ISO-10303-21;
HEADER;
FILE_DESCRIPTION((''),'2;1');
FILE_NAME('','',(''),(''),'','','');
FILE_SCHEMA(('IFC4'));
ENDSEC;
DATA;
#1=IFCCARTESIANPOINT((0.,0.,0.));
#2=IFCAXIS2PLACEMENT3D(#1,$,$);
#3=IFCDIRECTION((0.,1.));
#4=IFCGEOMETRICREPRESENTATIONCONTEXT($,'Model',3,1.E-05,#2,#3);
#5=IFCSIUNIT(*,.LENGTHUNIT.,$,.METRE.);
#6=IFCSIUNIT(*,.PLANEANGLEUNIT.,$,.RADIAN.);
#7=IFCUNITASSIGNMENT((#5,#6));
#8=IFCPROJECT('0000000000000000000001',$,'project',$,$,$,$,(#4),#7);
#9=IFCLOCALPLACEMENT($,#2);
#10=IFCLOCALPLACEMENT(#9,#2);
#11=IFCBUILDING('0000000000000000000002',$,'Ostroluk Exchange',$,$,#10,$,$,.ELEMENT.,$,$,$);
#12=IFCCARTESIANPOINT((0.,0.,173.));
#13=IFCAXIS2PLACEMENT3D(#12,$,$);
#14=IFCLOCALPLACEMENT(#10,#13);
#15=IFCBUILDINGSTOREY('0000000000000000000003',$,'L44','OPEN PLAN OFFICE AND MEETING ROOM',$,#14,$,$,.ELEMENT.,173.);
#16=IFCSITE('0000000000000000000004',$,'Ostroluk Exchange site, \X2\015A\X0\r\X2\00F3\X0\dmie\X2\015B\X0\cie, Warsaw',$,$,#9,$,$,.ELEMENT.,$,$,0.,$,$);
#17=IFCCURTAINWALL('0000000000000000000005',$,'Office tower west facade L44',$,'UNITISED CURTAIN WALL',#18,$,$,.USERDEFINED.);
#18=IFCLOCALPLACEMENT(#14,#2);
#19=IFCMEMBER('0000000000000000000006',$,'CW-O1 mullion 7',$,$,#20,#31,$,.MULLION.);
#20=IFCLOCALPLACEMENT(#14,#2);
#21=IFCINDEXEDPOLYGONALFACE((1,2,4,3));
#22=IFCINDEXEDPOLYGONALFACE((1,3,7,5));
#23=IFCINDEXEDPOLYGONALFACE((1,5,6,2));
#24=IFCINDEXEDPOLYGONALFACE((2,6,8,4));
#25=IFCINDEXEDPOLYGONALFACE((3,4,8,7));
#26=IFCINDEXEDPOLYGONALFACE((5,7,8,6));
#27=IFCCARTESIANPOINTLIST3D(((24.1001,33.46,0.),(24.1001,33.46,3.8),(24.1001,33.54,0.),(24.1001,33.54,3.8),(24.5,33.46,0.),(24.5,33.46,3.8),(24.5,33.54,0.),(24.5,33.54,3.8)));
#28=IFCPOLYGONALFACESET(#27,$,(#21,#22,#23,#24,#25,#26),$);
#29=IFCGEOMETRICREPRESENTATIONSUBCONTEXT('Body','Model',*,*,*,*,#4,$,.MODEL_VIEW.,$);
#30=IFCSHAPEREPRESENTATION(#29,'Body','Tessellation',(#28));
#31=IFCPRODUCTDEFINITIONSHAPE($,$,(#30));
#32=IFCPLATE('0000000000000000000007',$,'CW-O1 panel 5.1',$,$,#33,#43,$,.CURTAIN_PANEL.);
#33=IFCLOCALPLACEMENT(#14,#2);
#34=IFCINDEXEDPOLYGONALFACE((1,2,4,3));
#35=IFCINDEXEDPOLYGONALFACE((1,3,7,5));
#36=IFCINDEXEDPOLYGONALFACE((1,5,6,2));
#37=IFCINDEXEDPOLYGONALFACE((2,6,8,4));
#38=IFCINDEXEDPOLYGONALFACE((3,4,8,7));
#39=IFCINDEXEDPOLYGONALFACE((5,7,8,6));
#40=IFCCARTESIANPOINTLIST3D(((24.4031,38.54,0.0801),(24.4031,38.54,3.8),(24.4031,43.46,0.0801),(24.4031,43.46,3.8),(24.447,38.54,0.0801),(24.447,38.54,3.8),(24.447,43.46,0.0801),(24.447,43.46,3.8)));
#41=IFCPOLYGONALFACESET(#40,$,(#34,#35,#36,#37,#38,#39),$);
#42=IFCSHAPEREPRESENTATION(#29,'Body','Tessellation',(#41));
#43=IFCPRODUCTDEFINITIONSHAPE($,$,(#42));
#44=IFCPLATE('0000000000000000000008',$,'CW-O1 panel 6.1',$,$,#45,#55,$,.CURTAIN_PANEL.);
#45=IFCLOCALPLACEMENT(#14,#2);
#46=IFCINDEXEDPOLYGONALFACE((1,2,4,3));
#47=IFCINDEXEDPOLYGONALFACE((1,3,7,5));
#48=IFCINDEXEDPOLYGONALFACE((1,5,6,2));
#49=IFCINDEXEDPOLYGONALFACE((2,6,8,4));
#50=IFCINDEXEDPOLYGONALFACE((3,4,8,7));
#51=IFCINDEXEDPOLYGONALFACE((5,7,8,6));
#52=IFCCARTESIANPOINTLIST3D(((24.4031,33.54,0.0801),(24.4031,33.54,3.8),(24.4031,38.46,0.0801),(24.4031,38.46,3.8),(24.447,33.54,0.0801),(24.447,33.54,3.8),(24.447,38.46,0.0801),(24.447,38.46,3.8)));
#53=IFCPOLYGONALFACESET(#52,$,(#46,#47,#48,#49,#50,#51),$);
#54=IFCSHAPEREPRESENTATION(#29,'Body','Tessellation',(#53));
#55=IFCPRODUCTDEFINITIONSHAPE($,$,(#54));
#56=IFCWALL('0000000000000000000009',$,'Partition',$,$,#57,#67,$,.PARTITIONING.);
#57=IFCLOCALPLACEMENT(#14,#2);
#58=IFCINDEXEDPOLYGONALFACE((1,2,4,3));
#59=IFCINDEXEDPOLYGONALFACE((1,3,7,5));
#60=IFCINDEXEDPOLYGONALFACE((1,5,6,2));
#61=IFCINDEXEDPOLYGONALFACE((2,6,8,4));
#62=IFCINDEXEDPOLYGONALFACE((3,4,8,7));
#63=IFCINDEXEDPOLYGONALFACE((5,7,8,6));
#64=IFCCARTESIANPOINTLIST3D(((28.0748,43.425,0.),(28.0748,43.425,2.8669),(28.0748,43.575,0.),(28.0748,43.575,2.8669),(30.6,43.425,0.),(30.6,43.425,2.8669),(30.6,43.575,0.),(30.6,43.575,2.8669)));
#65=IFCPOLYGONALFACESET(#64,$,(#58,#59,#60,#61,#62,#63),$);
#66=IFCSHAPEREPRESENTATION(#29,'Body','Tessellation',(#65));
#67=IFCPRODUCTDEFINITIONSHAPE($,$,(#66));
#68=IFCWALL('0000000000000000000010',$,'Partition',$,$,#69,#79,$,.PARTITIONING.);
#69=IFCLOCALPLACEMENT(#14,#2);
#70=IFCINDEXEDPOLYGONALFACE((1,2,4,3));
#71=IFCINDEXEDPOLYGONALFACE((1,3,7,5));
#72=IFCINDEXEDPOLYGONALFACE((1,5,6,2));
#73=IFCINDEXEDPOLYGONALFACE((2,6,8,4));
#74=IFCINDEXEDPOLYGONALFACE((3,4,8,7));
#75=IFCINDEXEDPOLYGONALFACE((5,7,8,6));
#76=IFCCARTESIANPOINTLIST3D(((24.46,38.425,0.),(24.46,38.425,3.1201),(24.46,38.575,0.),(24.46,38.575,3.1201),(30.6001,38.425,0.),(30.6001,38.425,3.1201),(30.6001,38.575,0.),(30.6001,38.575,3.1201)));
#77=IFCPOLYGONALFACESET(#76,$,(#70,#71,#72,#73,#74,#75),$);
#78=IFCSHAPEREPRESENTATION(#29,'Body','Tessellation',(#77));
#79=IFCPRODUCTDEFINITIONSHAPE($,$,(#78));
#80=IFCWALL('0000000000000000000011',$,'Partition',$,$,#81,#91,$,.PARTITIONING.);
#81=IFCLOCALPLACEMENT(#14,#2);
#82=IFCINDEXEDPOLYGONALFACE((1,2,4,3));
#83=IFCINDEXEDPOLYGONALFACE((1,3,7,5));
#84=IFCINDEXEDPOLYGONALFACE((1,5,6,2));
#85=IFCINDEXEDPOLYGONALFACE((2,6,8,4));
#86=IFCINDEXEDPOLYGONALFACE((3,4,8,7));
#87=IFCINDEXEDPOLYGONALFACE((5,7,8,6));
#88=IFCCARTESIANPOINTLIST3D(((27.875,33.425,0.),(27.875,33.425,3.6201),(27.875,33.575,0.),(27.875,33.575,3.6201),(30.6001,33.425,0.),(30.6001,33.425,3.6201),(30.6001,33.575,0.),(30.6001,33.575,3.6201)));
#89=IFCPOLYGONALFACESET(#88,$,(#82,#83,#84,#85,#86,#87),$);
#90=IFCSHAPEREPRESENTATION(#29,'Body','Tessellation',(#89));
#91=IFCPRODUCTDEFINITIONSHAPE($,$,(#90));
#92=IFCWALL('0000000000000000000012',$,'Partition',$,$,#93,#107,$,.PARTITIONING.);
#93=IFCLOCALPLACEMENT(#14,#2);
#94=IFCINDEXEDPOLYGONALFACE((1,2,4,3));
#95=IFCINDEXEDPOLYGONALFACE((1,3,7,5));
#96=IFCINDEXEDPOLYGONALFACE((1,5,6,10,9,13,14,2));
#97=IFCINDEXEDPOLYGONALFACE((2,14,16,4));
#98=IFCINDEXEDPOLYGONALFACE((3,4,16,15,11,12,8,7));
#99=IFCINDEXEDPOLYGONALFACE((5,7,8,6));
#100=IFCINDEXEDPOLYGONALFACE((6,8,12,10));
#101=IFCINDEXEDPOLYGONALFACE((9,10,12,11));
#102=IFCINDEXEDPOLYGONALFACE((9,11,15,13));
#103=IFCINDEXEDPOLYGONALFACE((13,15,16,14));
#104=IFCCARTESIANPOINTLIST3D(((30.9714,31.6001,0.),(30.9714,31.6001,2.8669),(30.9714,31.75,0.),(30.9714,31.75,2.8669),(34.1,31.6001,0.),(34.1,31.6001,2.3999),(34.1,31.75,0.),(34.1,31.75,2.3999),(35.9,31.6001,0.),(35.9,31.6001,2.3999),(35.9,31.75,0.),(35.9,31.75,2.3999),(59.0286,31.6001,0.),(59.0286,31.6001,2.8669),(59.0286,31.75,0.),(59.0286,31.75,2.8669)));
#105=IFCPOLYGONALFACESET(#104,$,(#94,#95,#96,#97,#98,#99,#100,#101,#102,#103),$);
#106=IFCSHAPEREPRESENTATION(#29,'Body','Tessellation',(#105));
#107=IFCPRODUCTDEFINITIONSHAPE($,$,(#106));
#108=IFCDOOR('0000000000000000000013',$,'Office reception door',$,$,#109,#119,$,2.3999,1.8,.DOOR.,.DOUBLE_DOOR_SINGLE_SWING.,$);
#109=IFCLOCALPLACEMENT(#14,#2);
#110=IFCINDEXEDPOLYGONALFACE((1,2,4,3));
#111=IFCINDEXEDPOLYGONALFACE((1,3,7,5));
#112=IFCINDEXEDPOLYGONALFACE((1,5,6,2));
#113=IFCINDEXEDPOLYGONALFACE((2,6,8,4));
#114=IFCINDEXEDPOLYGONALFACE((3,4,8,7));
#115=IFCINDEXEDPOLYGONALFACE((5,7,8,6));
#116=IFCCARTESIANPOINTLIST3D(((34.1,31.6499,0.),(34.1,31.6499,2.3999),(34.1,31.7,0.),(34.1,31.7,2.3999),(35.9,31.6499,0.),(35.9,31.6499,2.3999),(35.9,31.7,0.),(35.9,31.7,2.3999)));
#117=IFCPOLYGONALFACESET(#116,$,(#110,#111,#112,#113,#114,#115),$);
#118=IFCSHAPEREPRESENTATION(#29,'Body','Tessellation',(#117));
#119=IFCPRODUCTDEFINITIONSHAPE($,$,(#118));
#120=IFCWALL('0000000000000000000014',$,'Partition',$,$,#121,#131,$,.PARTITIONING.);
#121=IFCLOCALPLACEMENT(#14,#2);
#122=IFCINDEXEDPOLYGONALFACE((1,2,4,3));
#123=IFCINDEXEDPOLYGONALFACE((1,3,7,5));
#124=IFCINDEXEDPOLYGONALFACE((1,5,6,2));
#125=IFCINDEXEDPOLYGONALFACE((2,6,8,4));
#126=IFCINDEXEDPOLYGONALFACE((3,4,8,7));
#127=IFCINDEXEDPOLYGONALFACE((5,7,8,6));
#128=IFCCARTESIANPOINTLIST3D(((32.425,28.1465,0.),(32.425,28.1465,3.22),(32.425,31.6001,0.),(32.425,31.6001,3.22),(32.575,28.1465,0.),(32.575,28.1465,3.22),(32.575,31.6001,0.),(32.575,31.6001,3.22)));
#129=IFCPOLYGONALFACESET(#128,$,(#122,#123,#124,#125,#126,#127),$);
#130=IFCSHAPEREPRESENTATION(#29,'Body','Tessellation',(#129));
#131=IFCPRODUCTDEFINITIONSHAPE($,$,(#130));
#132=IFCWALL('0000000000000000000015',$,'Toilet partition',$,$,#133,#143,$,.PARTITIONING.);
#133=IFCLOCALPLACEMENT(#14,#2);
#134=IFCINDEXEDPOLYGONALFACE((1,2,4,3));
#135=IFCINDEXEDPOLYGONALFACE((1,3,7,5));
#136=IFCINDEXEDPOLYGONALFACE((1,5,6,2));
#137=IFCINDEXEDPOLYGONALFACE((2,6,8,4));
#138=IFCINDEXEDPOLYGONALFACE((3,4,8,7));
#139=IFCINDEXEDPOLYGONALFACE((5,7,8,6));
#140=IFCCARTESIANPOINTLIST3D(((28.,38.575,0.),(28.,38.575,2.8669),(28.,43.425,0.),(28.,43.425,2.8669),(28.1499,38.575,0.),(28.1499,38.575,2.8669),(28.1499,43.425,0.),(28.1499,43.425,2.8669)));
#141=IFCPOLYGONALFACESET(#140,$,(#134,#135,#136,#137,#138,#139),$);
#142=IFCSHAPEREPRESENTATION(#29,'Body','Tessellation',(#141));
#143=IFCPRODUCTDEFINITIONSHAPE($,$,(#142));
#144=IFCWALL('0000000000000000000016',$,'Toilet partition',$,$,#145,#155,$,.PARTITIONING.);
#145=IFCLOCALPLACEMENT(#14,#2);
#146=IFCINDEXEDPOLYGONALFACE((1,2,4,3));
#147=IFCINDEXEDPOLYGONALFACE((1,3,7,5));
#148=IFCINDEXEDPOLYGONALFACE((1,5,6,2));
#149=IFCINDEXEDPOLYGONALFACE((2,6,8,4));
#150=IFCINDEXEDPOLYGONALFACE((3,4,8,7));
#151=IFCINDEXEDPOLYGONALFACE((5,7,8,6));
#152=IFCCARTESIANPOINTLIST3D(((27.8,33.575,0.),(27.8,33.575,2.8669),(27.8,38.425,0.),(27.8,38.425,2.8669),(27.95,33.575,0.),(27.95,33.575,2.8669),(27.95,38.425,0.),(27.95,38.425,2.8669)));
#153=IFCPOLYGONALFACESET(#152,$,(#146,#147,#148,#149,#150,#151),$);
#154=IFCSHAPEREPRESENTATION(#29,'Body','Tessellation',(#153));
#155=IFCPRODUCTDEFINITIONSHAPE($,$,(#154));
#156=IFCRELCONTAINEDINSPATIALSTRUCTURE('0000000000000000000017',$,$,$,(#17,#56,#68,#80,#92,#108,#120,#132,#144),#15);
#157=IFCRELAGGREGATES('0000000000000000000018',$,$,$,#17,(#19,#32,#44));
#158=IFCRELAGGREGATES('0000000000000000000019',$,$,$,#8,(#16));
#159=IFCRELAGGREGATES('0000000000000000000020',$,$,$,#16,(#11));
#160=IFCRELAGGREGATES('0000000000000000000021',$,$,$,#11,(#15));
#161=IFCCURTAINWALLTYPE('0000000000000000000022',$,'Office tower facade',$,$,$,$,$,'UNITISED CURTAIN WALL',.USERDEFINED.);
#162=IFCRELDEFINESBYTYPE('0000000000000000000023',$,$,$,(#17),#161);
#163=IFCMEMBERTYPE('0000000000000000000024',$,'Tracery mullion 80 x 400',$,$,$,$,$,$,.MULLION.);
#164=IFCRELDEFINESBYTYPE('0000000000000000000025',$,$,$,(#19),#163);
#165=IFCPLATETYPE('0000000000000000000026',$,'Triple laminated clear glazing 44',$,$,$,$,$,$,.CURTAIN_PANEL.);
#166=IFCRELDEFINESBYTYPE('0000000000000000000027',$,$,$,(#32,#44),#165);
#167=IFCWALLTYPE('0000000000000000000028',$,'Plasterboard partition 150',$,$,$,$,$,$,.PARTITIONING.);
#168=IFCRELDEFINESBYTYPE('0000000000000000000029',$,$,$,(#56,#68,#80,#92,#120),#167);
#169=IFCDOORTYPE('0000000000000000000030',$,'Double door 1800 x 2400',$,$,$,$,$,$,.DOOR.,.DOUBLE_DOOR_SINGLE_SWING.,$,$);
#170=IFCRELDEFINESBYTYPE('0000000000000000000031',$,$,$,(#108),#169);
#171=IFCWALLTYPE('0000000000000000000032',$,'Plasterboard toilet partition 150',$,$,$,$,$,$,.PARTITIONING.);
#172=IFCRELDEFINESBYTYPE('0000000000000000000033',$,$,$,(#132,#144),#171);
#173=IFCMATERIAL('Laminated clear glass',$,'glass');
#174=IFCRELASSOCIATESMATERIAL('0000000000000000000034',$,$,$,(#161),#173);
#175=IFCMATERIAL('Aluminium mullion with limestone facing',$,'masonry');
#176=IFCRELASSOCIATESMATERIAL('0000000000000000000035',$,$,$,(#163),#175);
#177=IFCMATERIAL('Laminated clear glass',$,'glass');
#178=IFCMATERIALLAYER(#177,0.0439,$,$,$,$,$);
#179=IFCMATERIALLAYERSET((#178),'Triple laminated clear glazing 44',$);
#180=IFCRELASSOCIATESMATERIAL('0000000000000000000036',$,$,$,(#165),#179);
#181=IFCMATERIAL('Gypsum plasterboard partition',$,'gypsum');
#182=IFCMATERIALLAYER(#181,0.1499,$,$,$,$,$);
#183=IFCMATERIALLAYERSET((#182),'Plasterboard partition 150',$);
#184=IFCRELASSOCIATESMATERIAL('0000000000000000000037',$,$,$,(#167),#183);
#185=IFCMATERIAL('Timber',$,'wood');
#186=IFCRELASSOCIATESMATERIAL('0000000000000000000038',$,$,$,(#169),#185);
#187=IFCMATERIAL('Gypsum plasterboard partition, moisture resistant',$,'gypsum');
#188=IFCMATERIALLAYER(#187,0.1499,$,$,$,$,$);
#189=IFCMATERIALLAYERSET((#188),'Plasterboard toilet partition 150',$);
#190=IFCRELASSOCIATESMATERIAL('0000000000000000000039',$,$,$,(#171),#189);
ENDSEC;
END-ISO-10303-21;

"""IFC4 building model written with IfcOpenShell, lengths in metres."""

from ifc_helpers import new_model, si_unit, direction, frame, frame_2d, origin, origin_2d, place, context, subcontext, project, spatial, rectangle, extrude, material, layer, layer_set, material_profile, profile_set, type_object, element, fill, aggregate, save


model = new_model("IFC4")

# Units and contexts
model_context = context("Model", 3, precision=1e-05, world=origin(), true_north=direction((0.0, 1.0)))
body_context = subcontext(model_context, "Body", "Model", "MODEL_VIEW")
ifc_project = project(units=[si_unit("LENGTHUNIT", "METRE"), si_unit("PLANEANGLEUNIT", "RADIAN")], contexts=[model_context])

# Site, building, storey
site_placement = place(None, origin())
site = spatial("IfcSite", under=ifc_project, at=site_placement, Name="Ostroluk Exchange site, Śródmieście, Warsaw", CompositionType="ELEMENT", RefElevation=0.0)
building_placement = place(site_placement, origin())
building = spatial("IfcBuilding", under=site, at=building_placement, Name="Ostroluk Exchange", CompositionType="ELEMENT")
storey_placement = place(building_placement, frame((0.0, 0.0, 173.0)))
storey = spatial("IfcBuildingStorey", under=building, at=storey_placement, Name="L44", Description="OPEN PLAN OFFICE AND MEETING ROOM", CompositionType="ELEMENT", Elevation=173.0)

# Curtain wall, member, plates
ifc_material_1 = material(Name="Laminated clear glass", Category="glass")
curtain_wall_type = type_object("IfcCurtainWallType", Name="Office tower facade", ElementType="UNITISED CURTAIN WALL", PredefinedType="USERDEFINED", material=ifc_material_1)
curtain_wall_placement = place(storey_placement, origin())
curtain_wall = element("IfcCurtainWall", 1, at=curtain_wall_placement, inside=storey, type_object=curtain_wall_type, Name="Office tower west facade L44", ObjectType="UNITISED CURTAIN WALL", PredefinedType="USERDEFINED")
ifc_material_2 = material(Name="Aluminium mullion with limestone facing", Category="masonry")
ifc_material_profile_1 = material_profile(ifc_material_2, rectangle(XDim=0.3999, YDim=0.0801, at=origin_2d()), Name="Tracery mullion 80 x 400")
ifc_profile_set_1 = profile_set([ifc_material_profile_1], Name="Aluminium mullion with limestone facing")
member_type_1 = type_object("IfcMemberType", Name="Tracery mullion 80 x 400", PredefinedType="MULLION", material=ifc_profile_set_1)
member_1_placement = place(storey_placement, frame((24.3, 33.5, 0.0), z_axis=(0.0, 0.0, 1.0), x_axis=(1.0, 0.0, 0.0)))
member_1 = element("IfcMember", 2, at=member_1_placement, type_object=member_type_1, Name="CW-O1 mullion 7", PredefinedType="MULLION", context=body_context, shape_type="SweptSolid", body=[
    extrude(rectangle(XDim=0.3999, YDim=0.0801, at=origin_2d()), origin(), (0.0, 0.0, 1.0), 3.8),
])
ifc_material_3 = material(Name="Laminated clear glass", Category="glass")
ifc_layer_1 = layer(ifc_material_3, 0.0439)
ifc_layer_set_1 = layer_set([ifc_layer_1], Name="Triple laminated clear glazing 44")
plate_type = type_object("IfcPlateType", Name="Triple laminated clear glazing 44", PredefinedType="CURTAIN_PANEL", material=ifc_layer_set_1)
plate_1_placement = place(storey_placement, frame((24.425, 41.0, 0.0801), z_axis=(0.0, 0.0, 1.0), x_axis=(0.0, -1.0, 0.0)))
plate_1 = element("IfcPlate", 3, at=plate_1_placement, type_object=plate_type, Name="CW-O1 panel 5.1", PredefinedType="CURTAIN_PANEL", context=body_context, shape_type="SweptSolid", body=[
    extrude(rectangle(XDim=4.9199, YDim=0.0439, at=origin_2d()), origin(), (0.0, 0.0, 1.0), 3.72),
])
plate_2_placement = place(storey_placement, frame((24.425, 36.0, 0.0801), z_axis=(0.0, 0.0, 1.0), x_axis=(0.0, -1.0, 0.0)))
plate_2 = element("IfcPlate", 4, at=plate_2_placement, type_object=plate_type, Name="CW-O1 panel 6.1", PredefinedType="CURTAIN_PANEL", context=body_context, shape_type="SweptSolid", body=[
    extrude(rectangle(XDim=4.9199, YDim=0.0439, at=origin_2d()), origin(), (0.0, 0.0, 1.0), 3.72),
])
aggregate(curtain_wall, [member_1, plate_1, plate_2])

# Walls
ifc_material_4 = material(Name="Gypsum plasterboard partition", Category="gypsum")
ifc_layer_2 = layer(ifc_material_4, 0.1499)
ifc_layer_set_2 = layer_set([ifc_layer_2], Name="Plasterboard partition 150")
wall_type_1 = type_object("IfcWallType", Name="Plasterboard partition 150", PredefinedType="PARTITIONING", material=ifc_layer_set_2)
wall_1_placement = place(storey_placement, frame((30.6001, 43.5, 0.0), z_axis=(0.0, 0.0, 1.0), x_axis=(-1.0, 0.0, 0.0)))
element("IfcWall", 5, at=wall_1_placement, inside=storey, type_object=wall_type_1, Name="Partition", PredefinedType="PARTITIONING", context=body_context, shape_type="SweptSolid", body=[
    extrude(rectangle(XDim=2.5251, YDim=0.1499, at=frame_2d((1.2627, 0.0))), origin(), (0.0, 0.0, 1.0), 2.8669),
])
wall_2_placement = place(storey_placement, frame((30.6001, 38.5, 0.0), z_axis=(0.0, 0.0, 1.0), x_axis=(-1.0, 0.0, 0.0)))
element("IfcWall", 6, at=wall_2_placement, inside=storey, type_object=wall_type_1, Name="Partition", PredefinedType="PARTITIONING", context=body_context, shape_type="SweptSolid", body=[
    extrude(rectangle(XDim=6.1401, YDim=0.1499, at=frame_2d((3.0701, 0.0))), origin(), (0.0, 0.0, 1.0), 3.1201),
])
wall_3_placement = place(storey_placement, frame((30.6001, 33.5, 0.0), z_axis=(0.0, 0.0, 1.0), x_axis=(-1.0, 0.0, 0.0)))
element("IfcWall", 7, at=wall_3_placement, inside=storey, type_object=wall_type_1, Name="Partition", PredefinedType="PARTITIONING", context=body_context, shape_type="SweptSolid", body=[
    extrude(rectangle(XDim=2.7251, YDim=0.1499, at=frame_2d((1.3625, 0.0))), origin(), (0.0, 0.0, 1.0), 3.6201),
])

# Wall, opening, door
wall_4_placement = place(storey_placement, frame((30.9714, 31.675, 0.0), z_axis=(0.0, 0.0, 1.0), x_axis=(1.0, 0.0, 0.0)))
wall_4 = element("IfcWall", 8, at=wall_4_placement, inside=storey, type_object=wall_type_1, Name="Partition", PredefinedType="PARTITIONING", context=body_context, shape_type="SweptSolid", body=[
    extrude(rectangle(XDim=28.0571, YDim=0.1499, at=frame_2d((14.0286, 0.0))), origin(), (0.0, 0.0, 1.0), 2.8669),
])
opening_placement = place(wall_4_placement, frame((3.1287, 0.0, 0.0)))
opening = element("IfcOpeningElement", 9, at=opening_placement, cuts=wall_4, PredefinedType="OPENING", context=body_context, shape_type="SweptSolid", body=[
    extrude(rectangle(XDim=1.8, YDim=2.3999, at=frame_2d((0.8999, 1.2))), frame((0.0, 0.085, 0.0), z_axis=(0.0, -1.0, 0.0), x_axis=(1.0, 0.0, 0.0)), (0.0, 0.0, 1.0), 0.1699),
])
ifc_material_5 = material(Name="Timber", Category="wood")
door_type = type_object("IfcDoorType", Name="Double door 1800 x 2400", OperationType="DOUBLE_DOOR_SINGLE_SWING", PredefinedType="DOOR", material=ifc_material_5)
door_placement = place(opening_placement, origin())
door = element("IfcDoor", 10, at=door_placement, inside=storey, type_object=door_type, Name="Office reception door", OperationType="DOUBLE_DOOR_SINGLE_SWING", OverallHeight=2.3999, OverallWidth=1.8, PredefinedType="DOOR", context=body_context, shape_type="SweptSolid", body=[
    extrude(rectangle(XDim=1.8, YDim=2.3999, at=frame_2d((0.8999, 1.2))), frame((0.0, 0.0249, 0.0), z_axis=(0.0, -1.0, 0.0), x_axis=(1.0, 0.0, 0.0)), (0.0, 0.0, 1.0), 0.05),
])
fill(opening, door)

# Walls
wall_5_placement = place(storey_placement, frame((32.5, 31.6001, 0.0), z_axis=(0.0, 0.0, 1.0), x_axis=(0.0, -1.0, 0.0)))
element("IfcWall", 11, at=wall_5_placement, inside=storey, type_object=wall_type_1, Name="Partition", PredefinedType="PARTITIONING", context=body_context, shape_type="SweptSolid", body=[
    extrude(rectangle(XDim=3.4536, YDim=0.1499, at=frame_2d((1.7268, 0.0))), origin(), (0.0, 0.0, 1.0), 3.22),
])
ifc_material_6 = material(Name="Gypsum plasterboard partition, moisture resistant", Category="gypsum")
ifc_layer_3 = layer(ifc_material_6, 0.1499)
ifc_layer_set_3 = layer_set([ifc_layer_3], Name="Plasterboard toilet partition 150")
wall_type_2 = type_object("IfcWallType", Name="Plasterboard toilet partition 150", PredefinedType="PARTITIONING", material=ifc_layer_set_3)
for number, where, z_axis, x_axis, name in (
    (12, (28.075, 43.425, 0.0), (0.0, 0.0, 1.0), (0.0, -1.0, 0.0), "Toilet partition"),
    (13, (27.875, 38.425, 0.0), (0.0, 0.0, 1.0), (0.0, -1.0, 0.0), "Toilet partition"),
):
    element("IfcWall", number, at=place(storey_placement, frame(where, z_axis=z_axis, x_axis=x_axis)), inside=storey, type_object=wall_type_2, Name=name, PredefinedType="PARTITIONING", context=body_context, shape_type="SweptSolid", body=[
        extrude(rectangle(XDim=4.8501, YDim=0.1499, at=frame_2d((2.425, 0.0))), origin(), (0.0, 0.0, 1.0), 2.8669),
    ])

save(model, "model.ifc")
